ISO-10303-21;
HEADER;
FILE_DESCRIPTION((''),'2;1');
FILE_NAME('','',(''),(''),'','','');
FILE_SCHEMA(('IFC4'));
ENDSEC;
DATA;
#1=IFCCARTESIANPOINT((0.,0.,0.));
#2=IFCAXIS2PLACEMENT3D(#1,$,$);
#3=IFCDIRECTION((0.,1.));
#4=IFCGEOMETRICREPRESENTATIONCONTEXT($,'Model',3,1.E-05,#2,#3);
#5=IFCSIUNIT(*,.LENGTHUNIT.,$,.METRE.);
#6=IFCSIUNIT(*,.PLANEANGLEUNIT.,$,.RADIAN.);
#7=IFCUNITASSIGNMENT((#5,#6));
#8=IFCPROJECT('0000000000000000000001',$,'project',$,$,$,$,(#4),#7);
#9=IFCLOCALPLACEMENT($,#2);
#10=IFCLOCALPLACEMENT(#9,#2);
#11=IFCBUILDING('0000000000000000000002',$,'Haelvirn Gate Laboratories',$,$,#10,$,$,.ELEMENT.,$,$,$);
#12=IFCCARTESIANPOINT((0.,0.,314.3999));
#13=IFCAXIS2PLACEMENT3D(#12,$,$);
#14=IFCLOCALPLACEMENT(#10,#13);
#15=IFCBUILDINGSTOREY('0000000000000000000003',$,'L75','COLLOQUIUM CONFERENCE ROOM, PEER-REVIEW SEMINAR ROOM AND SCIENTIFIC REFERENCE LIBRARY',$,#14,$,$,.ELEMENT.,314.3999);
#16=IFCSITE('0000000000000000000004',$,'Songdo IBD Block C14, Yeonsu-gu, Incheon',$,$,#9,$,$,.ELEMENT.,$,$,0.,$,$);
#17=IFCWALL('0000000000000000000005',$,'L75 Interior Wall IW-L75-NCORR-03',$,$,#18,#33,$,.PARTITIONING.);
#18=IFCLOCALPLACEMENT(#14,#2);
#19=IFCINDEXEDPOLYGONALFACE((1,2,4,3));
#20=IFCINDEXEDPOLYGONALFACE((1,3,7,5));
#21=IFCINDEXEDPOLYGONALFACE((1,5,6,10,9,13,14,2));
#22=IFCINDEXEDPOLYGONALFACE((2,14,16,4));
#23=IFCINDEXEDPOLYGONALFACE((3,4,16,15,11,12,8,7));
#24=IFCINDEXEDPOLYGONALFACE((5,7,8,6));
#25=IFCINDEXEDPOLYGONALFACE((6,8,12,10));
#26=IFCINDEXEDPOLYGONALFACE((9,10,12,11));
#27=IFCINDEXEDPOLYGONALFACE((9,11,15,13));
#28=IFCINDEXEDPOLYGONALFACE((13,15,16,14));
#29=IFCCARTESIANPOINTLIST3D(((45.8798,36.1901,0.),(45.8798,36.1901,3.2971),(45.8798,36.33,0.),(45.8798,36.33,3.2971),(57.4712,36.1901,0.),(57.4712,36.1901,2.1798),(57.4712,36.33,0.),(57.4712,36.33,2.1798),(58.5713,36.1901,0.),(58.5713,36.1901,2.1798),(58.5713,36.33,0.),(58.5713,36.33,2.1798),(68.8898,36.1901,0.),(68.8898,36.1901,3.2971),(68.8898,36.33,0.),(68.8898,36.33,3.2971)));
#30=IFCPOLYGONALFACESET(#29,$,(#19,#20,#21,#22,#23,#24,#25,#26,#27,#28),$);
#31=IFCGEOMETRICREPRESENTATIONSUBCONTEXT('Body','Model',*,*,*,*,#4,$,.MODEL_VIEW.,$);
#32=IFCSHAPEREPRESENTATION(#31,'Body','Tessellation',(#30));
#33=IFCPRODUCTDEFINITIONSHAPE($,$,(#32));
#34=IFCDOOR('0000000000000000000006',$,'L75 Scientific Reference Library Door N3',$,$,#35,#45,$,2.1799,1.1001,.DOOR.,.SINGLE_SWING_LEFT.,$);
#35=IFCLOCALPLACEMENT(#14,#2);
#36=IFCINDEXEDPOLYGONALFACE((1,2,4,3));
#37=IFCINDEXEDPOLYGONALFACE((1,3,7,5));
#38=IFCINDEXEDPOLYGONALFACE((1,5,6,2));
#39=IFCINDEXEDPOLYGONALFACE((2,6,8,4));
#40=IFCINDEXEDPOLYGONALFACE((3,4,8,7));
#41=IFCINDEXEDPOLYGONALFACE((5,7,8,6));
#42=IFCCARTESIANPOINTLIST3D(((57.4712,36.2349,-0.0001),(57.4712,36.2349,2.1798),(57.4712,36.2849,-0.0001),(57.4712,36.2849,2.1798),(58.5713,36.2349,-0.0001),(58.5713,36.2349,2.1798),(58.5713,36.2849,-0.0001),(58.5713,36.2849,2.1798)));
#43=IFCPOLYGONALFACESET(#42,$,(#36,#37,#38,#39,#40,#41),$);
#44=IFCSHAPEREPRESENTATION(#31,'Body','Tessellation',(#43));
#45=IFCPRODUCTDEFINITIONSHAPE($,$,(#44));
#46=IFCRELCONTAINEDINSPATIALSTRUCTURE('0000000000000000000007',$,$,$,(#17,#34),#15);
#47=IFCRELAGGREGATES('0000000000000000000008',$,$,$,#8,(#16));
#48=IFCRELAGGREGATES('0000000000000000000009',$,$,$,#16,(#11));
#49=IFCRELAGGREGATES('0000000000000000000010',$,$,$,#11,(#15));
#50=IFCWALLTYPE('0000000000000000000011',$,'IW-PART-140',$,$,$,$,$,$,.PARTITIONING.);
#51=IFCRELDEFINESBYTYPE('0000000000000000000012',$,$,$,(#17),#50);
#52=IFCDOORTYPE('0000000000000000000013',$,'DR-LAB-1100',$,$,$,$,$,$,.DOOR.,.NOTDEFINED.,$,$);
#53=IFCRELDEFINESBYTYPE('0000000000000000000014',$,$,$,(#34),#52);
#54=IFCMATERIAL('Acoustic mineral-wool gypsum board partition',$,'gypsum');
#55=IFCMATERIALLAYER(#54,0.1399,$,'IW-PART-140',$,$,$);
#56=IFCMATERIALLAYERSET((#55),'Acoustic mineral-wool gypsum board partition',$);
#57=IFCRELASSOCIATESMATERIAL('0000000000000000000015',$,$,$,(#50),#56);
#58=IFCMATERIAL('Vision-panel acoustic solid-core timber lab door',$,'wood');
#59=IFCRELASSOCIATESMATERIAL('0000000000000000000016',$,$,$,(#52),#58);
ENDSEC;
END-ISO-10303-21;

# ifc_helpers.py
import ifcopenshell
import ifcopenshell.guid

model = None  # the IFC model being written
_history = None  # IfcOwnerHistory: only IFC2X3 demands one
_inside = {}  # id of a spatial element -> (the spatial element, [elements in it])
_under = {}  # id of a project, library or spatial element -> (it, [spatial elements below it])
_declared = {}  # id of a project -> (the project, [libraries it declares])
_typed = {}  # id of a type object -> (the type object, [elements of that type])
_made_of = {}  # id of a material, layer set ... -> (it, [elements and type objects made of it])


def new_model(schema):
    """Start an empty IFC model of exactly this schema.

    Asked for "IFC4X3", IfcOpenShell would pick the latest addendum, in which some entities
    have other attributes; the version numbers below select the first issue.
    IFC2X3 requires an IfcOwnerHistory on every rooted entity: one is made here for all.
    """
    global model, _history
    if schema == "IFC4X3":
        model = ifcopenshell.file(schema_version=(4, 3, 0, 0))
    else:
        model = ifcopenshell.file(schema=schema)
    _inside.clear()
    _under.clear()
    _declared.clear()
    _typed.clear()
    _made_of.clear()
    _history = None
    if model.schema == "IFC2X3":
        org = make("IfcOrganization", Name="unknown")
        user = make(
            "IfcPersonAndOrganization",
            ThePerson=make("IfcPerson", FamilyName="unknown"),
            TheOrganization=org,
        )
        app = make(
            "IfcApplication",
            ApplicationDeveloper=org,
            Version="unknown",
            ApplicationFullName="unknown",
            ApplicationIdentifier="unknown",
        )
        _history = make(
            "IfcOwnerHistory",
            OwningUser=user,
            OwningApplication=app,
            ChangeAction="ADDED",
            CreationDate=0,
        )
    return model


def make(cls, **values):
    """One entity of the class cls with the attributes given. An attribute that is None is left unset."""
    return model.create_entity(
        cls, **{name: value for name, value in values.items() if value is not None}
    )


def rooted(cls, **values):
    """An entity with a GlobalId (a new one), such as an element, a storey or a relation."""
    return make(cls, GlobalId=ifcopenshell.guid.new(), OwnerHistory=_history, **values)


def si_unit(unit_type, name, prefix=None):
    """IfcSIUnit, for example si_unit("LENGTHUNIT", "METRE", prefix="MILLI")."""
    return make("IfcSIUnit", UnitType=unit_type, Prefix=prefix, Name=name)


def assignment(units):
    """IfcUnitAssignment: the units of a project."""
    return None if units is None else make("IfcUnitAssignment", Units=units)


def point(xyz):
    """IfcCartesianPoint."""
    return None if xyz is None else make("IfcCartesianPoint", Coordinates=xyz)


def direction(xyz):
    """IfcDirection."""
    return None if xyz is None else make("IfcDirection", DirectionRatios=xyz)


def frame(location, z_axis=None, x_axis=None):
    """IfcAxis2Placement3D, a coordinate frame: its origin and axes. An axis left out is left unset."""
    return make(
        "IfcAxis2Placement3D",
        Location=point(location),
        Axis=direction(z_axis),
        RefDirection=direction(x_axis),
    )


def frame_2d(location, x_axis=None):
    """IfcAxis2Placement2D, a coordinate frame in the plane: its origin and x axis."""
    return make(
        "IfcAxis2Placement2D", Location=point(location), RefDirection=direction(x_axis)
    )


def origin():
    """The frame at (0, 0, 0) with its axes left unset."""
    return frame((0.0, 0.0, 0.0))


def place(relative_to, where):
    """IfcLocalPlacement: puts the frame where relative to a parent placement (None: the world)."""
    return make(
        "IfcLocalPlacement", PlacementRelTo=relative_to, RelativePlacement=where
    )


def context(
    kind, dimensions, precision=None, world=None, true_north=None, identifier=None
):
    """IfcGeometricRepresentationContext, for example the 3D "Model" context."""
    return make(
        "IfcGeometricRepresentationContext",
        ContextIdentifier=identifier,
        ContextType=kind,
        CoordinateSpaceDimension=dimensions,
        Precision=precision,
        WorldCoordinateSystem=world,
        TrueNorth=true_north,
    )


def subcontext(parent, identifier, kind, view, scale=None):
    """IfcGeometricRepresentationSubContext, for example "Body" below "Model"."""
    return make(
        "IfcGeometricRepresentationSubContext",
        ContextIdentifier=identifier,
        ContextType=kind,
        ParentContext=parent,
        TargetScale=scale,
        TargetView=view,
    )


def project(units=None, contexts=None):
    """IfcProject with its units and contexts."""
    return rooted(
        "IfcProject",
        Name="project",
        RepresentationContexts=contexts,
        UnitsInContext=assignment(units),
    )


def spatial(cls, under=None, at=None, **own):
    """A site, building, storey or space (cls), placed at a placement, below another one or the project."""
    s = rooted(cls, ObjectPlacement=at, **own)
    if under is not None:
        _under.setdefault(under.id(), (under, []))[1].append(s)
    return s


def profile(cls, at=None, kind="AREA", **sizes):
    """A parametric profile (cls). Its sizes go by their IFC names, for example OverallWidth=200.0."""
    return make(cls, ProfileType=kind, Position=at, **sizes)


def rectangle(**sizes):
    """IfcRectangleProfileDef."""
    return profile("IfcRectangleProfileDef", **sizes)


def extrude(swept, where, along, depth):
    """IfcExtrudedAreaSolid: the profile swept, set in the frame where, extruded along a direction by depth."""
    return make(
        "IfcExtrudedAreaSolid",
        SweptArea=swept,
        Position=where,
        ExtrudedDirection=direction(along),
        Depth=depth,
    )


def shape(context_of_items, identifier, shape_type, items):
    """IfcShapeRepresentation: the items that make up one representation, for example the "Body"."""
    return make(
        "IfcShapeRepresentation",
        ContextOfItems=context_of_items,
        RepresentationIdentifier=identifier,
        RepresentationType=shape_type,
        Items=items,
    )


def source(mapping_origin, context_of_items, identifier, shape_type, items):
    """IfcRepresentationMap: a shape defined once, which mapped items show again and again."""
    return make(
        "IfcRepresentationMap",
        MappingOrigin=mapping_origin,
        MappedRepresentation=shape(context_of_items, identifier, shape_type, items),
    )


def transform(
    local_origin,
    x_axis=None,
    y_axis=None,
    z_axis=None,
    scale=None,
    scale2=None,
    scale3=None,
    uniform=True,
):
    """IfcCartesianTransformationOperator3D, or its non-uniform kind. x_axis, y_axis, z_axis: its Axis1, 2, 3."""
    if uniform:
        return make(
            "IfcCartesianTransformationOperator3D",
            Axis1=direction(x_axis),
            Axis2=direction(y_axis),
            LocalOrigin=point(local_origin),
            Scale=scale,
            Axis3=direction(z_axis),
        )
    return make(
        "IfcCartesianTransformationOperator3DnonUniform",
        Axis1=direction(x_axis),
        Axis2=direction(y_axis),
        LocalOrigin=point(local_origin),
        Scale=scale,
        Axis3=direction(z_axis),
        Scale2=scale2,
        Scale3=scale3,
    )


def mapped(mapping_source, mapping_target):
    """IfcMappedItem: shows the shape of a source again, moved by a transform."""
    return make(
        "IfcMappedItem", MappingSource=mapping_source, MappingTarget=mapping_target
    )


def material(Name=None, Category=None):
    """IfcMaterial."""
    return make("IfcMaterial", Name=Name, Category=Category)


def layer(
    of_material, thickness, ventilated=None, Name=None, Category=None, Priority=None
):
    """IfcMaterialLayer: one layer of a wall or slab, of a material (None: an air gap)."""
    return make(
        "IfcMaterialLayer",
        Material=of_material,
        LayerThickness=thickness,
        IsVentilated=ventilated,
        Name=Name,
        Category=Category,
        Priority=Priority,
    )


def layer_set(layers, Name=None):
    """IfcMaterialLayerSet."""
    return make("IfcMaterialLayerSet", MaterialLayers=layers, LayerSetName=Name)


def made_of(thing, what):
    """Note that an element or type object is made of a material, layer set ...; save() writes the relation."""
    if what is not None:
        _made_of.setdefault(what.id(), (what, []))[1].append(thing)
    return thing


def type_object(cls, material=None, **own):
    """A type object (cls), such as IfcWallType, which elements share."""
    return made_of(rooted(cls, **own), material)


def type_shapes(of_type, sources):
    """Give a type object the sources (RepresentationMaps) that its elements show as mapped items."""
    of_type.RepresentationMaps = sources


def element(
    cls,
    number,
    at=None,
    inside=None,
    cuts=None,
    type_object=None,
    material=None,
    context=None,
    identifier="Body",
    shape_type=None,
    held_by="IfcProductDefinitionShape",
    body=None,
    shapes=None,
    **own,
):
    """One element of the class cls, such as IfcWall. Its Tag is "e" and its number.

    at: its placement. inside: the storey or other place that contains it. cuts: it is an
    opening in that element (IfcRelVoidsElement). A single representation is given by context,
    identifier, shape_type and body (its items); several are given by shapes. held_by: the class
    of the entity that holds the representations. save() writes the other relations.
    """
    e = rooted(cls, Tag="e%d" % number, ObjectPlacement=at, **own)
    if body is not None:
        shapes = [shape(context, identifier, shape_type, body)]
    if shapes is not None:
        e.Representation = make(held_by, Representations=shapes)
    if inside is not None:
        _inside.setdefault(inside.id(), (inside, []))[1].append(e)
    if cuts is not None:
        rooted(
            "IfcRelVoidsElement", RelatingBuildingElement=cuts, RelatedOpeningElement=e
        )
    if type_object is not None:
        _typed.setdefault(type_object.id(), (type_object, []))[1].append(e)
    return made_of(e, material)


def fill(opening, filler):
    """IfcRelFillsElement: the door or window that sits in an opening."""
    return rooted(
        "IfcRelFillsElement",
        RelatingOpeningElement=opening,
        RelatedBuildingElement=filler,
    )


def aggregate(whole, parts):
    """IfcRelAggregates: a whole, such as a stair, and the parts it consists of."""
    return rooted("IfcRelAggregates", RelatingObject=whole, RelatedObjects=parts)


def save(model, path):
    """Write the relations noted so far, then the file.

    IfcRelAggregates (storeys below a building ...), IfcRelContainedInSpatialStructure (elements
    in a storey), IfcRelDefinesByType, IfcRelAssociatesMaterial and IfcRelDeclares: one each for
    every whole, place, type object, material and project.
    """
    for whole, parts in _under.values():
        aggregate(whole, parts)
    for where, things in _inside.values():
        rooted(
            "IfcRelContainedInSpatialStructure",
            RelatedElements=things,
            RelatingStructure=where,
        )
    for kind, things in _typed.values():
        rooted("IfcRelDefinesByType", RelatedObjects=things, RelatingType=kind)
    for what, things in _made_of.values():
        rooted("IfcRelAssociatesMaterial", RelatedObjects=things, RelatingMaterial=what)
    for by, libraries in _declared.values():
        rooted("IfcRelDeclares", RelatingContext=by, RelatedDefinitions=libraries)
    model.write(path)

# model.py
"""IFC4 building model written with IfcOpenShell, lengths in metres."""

from ifc_helpers import new_model, si_unit, direction, frame, frame_2d, origin, place, context, subcontext, project, spatial, rectangle, extrude, source, transform, mapped, material, layer, layer_set, type_object, type_shapes, element, fill, save


model = new_model("IFC4")

# Units and contexts
model_context = context("Model", 3, precision=1e-05, world=origin(), true_north=direction((0.0, 1.0)))
body_context = subcontext(model_context, "Body", "Model", "MODEL_VIEW")
ifc_project = project(units=[si_unit("LENGTHUNIT", "METRE"), si_unit("PLANEANGLEUNIT", "RADIAN")], contexts=[model_context])

# Site, building, storey
site_placement = place(None, origin())
site = spatial("IfcSite", under=ifc_project, at=site_placement, Name="Songdo IBD Block C14, Yeonsu-gu, Incheon", CompositionType="ELEMENT", RefElevation=0.0)
building_placement = place(site_placement, origin())
building = spatial("IfcBuilding", under=site, at=building_placement, Name="Haelvirn Gate Laboratories", CompositionType="ELEMENT")
storey_placement = place(building_placement, frame((0.0, 0.0, 314.3999)))
storey = spatial("IfcBuildingStorey", under=building, at=storey_placement, Name="L75", Description="COLLOQUIUM CONFERENCE ROOM, PEER-REVIEW SEMINAR ROOM AND SCIENTIFIC REFERENCE LIBRARY", CompositionType="ELEMENT", Elevation=314.3999)

# Wall, opening, door
ifc_material_1 = material(Name="Acoustic mineral-wool gypsum board partition", Category="gypsum")
ifc_layer_1 = layer(ifc_material_1, 0.1399, Name="IW-PART-140")
ifc_layer_set_1 = layer_set([ifc_layer_1], Name="Acoustic mineral-wool gypsum board partition")
wall_type_1 = type_object("IfcWallType", Name="IW-PART-140", PredefinedType="PARTITIONING", material=ifc_layer_set_1)
wall_1_placement = place(storey_placement, frame((45.8799, 36.26, 0.0), z_axis=(0.0, 0.0, 1.0), x_axis=(1.0, 0.0, 0.0)))
wall_1 = element("IfcWall", 1, at=wall_1_placement, inside=storey, type_object=wall_type_1, Name="L75 Interior Wall IW-L75-NCORR-03", PredefinedType="PARTITIONING", context=body_context, shape_type="SweptSolid", body=[
    extrude(rectangle(XDim=23.01, YDim=0.1399, at=frame_2d((11.5049, 0.0))), origin(), (0.0, 0.0, 1.0), 3.2971),
])
opening_1_placement = place(wall_1_placement, frame((11.5913, 0.0, 0.0)))
opening_1 = element("IfcOpeningElement", 2, at=opening_1_placement, cuts=wall_1, PredefinedType="OPENING", context=body_context, shape_type="SweptSolid", body=[
    extrude(rectangle(XDim=1.1001, YDim=2.1799, at=frame_2d((0.55, 1.0898))), frame((0.0, 0.0801, 0.0), z_axis=(0.0, -1.0, 0.0), x_axis=(1.0, 0.0, 0.0)), (0.0, 0.0, 1.0), 0.1599),
])
ifc_material_2 = material(Name="Vision-panel acoustic solid-core timber lab door", Category="wood")
door_type_1 = type_object("IfcDoorType", Name="DR-LAB-1100", OperationType="NOTDEFINED", PredefinedType="DOOR", material=ifc_material_2)
shared_shape_1 = source(origin(), body_context, "Body", "SweptSolid", [
    extrude(rectangle(XDim=1.1001, YDim=2.1799, at=frame_2d((0.55, 1.0898))), frame((0.0, 0.0249, 0.0), z_axis=(0.0, -1.0, 0.0), x_axis=(1.0, 0.0, 0.0)), (0.0, 0.0, 1.0), 0.05),
])
type_shapes(door_type_1, [shared_shape_1])
door_1_placement = place(opening_1_placement, origin())
door_1 = element("IfcDoor", 3, at=door_1_placement, inside=storey, type_object=door_type_1, Name="L75 Scientific Reference Library Door N3", OperationType="SINGLE_SWING_LEFT", OverallHeight=2.1799, OverallWidth=1.1001, PredefinedType="DOOR", context=body_context, shape_type="MappedRepresentation", body=[
    mapped(shared_shape_1, transform((0.0, 0.0, 0.0), scale=1.0)),
])
fill(opening_1, door_1)

save(model, "model.ifc")
